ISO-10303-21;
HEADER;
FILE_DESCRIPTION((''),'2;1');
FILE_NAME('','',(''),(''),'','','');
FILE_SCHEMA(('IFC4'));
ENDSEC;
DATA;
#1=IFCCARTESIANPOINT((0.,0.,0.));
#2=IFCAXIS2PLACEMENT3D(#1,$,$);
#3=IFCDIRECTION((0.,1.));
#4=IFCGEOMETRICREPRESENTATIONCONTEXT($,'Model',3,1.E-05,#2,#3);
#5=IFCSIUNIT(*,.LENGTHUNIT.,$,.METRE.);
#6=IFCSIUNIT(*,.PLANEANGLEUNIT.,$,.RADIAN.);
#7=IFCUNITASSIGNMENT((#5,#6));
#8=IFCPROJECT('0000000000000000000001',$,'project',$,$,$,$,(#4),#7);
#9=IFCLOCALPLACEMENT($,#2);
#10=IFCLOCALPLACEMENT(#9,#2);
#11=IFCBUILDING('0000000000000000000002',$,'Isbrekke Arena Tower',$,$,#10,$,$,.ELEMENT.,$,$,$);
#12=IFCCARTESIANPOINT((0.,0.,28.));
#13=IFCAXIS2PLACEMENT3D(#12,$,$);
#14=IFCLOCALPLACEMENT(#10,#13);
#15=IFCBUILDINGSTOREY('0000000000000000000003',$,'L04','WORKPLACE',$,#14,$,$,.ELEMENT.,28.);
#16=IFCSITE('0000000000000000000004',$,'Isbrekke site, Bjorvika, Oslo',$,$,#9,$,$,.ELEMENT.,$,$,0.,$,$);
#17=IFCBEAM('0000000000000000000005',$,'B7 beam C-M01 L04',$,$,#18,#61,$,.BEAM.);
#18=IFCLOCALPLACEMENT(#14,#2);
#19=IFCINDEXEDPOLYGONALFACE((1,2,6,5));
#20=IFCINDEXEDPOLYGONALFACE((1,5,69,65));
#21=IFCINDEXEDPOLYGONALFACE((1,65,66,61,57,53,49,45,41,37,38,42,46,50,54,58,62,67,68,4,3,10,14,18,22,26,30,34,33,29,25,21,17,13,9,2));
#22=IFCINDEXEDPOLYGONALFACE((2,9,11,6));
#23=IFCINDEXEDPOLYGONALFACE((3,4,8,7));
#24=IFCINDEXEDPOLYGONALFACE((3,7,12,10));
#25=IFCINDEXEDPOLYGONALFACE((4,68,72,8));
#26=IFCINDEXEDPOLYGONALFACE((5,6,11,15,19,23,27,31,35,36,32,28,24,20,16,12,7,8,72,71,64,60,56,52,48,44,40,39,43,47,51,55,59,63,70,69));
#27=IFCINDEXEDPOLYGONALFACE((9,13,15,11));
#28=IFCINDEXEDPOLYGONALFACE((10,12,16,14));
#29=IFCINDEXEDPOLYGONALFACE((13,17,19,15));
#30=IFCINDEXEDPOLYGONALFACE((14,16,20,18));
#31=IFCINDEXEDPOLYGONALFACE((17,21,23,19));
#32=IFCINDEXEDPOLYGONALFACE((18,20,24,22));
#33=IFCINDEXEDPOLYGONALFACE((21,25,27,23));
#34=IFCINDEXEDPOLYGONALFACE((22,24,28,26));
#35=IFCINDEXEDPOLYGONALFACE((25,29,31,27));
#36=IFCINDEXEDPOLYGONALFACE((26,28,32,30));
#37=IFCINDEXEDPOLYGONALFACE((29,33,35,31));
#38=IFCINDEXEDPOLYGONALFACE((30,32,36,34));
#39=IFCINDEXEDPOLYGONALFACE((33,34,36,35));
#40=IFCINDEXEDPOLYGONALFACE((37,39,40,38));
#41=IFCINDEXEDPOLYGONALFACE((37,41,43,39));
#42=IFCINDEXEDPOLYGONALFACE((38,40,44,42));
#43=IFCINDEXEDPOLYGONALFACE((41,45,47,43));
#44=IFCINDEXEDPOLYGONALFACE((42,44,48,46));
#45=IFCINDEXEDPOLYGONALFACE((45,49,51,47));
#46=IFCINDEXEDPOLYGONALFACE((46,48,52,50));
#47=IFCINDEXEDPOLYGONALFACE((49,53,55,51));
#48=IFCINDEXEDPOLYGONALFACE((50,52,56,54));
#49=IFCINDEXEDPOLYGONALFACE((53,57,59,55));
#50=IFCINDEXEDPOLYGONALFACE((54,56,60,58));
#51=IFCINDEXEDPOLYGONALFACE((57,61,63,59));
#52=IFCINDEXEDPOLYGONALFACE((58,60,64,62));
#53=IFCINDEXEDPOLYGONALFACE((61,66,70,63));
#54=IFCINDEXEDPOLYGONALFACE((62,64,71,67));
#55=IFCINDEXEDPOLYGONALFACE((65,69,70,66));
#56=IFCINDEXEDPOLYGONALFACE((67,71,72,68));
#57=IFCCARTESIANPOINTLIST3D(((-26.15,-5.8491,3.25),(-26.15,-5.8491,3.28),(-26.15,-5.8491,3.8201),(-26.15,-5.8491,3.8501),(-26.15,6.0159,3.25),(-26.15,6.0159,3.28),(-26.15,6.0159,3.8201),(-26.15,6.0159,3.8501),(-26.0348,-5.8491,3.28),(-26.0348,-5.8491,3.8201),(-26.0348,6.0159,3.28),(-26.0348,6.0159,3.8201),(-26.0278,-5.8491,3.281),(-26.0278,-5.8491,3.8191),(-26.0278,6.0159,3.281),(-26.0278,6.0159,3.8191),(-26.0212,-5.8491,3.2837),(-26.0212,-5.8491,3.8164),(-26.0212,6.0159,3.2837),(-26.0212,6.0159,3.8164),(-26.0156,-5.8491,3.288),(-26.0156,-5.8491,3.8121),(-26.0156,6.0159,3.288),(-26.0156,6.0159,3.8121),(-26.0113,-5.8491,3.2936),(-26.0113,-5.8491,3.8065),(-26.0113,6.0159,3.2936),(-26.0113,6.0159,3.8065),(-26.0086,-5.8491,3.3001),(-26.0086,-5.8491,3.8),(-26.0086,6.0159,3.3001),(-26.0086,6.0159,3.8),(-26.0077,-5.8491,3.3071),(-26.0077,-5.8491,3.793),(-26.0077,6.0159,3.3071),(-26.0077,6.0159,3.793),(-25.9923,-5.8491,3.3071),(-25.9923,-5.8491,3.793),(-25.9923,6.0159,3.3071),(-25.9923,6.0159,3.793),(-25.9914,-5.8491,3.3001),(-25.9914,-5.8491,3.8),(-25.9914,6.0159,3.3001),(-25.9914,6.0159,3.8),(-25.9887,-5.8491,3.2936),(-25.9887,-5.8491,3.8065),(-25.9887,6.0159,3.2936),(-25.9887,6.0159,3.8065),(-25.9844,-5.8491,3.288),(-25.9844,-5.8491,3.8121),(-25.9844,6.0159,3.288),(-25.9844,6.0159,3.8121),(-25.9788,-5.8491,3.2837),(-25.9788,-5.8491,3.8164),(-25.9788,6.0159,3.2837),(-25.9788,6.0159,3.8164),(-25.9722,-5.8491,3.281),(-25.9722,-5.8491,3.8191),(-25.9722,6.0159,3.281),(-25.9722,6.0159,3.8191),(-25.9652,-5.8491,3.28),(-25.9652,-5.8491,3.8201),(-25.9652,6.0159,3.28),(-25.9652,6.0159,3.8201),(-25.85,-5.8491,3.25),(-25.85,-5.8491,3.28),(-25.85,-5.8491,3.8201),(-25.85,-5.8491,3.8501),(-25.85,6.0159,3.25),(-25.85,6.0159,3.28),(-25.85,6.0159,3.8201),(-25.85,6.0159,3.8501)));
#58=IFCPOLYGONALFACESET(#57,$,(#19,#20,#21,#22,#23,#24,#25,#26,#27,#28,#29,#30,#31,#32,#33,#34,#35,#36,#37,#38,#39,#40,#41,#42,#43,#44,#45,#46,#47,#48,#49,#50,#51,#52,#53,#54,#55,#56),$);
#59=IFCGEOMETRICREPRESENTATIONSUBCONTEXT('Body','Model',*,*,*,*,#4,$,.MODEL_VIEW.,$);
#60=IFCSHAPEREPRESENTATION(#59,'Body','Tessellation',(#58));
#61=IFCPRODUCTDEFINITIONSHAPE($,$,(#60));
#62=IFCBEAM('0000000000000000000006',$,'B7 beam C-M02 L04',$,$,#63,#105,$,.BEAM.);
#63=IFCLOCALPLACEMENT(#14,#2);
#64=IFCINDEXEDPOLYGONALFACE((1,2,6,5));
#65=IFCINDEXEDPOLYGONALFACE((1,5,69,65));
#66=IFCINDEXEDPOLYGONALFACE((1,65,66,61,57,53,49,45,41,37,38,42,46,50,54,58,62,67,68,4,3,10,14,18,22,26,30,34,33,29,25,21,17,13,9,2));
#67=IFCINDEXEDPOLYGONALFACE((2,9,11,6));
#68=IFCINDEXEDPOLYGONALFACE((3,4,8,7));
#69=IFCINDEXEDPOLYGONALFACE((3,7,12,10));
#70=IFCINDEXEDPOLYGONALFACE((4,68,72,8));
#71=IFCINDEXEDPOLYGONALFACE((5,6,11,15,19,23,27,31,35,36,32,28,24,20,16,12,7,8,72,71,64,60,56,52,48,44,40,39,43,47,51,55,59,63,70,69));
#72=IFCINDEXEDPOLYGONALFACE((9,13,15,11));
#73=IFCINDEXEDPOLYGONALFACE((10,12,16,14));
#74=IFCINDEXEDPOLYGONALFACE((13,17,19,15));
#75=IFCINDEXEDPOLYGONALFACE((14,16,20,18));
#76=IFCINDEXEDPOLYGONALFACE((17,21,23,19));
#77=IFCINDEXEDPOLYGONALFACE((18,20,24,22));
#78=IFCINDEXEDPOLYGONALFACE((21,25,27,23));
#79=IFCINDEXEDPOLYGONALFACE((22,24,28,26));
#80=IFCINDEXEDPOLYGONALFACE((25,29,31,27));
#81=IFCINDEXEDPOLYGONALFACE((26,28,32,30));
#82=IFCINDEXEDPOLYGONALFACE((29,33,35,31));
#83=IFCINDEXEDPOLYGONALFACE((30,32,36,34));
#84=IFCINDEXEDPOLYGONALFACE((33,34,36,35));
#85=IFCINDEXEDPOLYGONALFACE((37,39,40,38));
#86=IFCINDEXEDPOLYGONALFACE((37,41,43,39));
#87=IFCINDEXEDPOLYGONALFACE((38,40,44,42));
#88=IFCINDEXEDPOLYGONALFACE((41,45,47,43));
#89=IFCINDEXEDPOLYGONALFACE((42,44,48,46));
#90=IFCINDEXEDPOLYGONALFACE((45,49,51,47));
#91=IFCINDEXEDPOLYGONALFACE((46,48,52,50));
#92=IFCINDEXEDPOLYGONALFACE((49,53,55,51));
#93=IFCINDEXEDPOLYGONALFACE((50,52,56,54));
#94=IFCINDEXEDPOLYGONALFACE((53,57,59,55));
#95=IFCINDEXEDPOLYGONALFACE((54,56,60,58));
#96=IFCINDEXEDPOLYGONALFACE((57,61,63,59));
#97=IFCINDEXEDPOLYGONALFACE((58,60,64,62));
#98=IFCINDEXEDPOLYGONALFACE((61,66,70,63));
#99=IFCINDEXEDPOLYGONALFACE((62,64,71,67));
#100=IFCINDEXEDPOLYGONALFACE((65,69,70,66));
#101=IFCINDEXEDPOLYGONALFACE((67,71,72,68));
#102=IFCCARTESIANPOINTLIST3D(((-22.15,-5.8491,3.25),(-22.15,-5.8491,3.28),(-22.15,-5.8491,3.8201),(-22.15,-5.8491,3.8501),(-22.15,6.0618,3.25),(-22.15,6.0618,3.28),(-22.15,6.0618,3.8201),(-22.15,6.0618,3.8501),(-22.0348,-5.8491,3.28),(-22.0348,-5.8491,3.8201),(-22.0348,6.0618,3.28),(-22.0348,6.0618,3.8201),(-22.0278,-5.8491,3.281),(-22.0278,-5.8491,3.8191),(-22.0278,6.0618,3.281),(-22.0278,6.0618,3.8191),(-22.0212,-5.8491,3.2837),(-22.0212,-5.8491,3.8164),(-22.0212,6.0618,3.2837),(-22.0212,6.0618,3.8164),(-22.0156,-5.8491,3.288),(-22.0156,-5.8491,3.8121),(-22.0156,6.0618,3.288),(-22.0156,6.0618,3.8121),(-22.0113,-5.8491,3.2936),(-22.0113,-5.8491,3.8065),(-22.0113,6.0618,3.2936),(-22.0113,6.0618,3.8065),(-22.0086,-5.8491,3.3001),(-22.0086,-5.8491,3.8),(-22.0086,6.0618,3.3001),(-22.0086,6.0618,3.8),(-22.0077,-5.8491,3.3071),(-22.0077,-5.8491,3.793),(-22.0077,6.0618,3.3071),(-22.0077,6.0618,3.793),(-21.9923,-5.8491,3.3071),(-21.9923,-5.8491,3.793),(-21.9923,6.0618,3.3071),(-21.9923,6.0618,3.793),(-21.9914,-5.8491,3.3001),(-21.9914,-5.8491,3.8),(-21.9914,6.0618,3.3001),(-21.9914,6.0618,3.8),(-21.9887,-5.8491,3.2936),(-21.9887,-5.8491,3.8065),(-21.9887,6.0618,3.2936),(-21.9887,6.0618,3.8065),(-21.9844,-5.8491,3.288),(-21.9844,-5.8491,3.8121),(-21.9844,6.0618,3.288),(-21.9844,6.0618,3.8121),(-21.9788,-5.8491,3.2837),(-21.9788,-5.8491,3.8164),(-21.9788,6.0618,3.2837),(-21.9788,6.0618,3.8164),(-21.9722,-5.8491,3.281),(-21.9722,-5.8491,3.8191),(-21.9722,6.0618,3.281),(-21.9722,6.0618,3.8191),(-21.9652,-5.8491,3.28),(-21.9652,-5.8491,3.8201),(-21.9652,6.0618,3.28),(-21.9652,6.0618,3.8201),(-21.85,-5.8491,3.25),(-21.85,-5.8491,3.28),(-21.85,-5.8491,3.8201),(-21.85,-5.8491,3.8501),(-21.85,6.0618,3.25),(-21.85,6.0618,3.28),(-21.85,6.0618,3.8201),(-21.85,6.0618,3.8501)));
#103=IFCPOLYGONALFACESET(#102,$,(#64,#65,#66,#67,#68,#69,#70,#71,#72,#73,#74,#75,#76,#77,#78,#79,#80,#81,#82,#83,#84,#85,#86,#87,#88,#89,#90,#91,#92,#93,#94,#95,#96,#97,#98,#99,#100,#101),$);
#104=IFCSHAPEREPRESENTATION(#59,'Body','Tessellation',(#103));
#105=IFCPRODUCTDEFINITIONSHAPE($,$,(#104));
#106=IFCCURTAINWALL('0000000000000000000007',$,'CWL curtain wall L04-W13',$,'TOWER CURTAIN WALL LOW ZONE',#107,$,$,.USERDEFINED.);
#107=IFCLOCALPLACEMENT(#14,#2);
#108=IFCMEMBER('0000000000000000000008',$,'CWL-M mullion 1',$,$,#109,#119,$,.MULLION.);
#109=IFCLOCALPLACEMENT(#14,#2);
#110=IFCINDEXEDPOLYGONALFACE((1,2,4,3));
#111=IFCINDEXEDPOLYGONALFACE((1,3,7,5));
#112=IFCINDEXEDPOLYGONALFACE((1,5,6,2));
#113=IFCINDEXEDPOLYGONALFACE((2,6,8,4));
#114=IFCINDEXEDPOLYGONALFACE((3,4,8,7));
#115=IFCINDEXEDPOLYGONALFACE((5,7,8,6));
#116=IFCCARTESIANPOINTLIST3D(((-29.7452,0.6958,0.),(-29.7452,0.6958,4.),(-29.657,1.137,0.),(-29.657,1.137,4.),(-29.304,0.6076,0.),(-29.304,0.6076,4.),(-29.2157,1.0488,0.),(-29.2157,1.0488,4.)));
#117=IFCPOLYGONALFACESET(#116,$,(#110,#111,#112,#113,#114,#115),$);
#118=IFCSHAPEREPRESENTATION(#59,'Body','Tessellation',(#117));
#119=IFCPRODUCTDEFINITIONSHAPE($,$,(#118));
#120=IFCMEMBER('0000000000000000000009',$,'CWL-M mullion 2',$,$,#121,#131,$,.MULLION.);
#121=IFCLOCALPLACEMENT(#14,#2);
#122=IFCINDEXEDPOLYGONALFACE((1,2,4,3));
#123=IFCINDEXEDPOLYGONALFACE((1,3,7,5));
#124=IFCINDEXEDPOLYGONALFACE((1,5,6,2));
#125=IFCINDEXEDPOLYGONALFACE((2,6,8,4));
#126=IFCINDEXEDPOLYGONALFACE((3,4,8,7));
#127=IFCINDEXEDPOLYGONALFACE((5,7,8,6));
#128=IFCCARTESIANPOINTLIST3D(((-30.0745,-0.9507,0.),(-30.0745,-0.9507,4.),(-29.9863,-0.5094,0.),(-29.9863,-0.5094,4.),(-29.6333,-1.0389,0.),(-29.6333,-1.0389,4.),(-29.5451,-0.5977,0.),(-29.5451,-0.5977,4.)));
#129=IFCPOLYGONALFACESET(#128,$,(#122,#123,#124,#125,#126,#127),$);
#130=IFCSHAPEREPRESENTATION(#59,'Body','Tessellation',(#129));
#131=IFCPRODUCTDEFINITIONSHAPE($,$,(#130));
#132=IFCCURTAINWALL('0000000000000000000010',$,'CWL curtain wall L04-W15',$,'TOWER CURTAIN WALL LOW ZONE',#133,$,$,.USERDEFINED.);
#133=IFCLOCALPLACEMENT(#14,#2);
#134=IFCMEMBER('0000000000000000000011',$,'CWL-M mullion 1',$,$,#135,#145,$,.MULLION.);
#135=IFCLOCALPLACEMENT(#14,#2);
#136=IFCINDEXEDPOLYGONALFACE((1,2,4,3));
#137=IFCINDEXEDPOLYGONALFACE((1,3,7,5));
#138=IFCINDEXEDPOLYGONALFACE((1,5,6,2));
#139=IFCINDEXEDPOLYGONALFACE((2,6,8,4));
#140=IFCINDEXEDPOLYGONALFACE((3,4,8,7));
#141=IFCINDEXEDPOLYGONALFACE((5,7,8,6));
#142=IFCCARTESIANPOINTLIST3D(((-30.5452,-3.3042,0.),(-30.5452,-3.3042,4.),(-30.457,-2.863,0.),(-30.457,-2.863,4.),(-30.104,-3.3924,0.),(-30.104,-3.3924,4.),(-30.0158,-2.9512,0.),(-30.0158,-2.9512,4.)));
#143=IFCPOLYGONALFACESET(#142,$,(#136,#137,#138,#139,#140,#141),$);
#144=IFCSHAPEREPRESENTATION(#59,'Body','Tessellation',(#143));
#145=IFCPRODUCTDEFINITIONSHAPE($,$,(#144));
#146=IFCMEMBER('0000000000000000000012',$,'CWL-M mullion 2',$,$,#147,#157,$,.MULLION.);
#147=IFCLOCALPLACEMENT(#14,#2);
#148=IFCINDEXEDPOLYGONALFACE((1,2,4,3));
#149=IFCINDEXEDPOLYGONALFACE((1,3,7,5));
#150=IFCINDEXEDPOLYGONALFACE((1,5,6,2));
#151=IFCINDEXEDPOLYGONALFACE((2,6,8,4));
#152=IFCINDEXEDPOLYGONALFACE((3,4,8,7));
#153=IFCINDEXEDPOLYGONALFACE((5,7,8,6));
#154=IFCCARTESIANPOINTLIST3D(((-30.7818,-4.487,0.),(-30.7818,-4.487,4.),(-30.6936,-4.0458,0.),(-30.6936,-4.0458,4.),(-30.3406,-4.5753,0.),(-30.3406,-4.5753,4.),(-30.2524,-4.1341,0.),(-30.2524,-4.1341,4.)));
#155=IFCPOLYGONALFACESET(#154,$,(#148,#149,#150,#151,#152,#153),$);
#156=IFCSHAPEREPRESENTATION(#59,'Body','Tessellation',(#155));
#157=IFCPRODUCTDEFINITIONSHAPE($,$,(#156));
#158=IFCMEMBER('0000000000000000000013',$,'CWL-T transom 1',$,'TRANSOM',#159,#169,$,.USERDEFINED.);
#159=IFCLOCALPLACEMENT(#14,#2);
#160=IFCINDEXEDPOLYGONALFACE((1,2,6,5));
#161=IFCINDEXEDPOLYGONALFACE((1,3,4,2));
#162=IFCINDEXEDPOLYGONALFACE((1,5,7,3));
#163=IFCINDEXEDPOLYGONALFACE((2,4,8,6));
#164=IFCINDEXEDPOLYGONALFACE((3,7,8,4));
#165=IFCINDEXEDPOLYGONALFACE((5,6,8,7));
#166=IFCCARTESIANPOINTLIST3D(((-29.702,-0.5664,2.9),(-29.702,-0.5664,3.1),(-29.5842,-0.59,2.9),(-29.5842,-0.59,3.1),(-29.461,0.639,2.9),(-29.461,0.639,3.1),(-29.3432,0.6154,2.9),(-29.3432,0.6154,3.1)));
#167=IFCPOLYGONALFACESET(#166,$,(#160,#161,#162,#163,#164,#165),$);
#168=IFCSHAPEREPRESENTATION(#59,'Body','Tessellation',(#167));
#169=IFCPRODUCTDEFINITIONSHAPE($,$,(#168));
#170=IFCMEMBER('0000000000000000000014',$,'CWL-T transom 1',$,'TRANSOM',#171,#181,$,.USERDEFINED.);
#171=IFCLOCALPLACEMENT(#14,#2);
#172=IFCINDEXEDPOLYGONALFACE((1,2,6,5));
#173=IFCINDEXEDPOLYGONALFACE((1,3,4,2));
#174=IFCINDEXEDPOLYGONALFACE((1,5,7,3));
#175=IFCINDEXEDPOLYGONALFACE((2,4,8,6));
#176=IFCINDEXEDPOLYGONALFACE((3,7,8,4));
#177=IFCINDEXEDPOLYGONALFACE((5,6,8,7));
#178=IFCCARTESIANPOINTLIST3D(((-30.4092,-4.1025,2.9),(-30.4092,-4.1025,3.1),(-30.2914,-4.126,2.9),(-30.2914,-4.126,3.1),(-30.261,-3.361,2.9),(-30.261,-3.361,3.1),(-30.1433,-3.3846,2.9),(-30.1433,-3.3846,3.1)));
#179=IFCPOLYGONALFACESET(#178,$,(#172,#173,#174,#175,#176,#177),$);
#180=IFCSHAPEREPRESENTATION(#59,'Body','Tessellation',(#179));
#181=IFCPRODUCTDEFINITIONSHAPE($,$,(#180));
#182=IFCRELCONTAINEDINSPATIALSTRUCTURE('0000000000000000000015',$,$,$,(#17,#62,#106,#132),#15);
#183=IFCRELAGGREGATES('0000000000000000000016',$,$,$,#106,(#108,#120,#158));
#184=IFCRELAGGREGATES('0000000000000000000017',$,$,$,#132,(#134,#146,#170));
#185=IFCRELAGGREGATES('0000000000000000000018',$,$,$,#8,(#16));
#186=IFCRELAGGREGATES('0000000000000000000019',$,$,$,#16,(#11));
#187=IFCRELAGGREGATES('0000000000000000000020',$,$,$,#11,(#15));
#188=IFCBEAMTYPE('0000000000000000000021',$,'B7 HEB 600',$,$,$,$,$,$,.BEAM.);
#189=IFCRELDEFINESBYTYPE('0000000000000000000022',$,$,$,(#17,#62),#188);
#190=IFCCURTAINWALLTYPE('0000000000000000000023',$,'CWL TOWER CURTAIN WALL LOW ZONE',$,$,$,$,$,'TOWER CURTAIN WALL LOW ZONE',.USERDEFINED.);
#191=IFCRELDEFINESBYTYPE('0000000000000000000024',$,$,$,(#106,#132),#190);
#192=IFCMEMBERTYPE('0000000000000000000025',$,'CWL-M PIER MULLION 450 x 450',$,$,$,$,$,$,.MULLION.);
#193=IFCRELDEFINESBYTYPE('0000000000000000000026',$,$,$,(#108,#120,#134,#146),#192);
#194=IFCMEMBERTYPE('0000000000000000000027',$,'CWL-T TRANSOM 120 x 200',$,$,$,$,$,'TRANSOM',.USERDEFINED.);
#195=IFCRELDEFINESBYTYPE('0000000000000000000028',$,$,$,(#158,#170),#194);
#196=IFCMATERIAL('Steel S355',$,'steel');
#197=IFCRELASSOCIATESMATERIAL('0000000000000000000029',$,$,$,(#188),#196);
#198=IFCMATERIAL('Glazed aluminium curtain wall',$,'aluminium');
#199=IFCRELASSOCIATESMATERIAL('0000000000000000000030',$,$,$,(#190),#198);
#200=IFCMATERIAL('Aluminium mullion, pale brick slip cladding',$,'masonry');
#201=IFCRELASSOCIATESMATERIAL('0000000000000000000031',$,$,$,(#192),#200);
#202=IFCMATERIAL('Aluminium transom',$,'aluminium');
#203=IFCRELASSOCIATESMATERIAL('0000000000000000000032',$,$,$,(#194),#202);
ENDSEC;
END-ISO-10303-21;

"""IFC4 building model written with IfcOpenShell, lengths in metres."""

from ifc_helpers import new_model, si_unit, direction, frame, origin, origin_2d, place, context, subcontext, project, spatial, rectangle, i_section, extrude, material, material_profile, profile_set, type_object, element, aggregate, save


model = new_model("IFC4")

# Units and contexts
model_context = context("Model", 3, precision=1e-05, world=origin(), true_north=direction((0.0, 1.0)))
body_context = subcontext(model_context, "Body", "Model", "MODEL_VIEW")
ifc_project = project(units=[si_unit("LENGTHUNIT", "METRE"), si_unit("PLANEANGLEUNIT", "RADIAN")], contexts=[model_context])

# Site, building, storey
site_placement = place(None, origin())
site = spatial("IfcSite", under=ifc_project, at=site_placement, Name="Isbrekke site, Bjorvika, Oslo", CompositionType="ELEMENT", RefElevation=0.0)
building_placement = place(site_placement, origin())
building = spatial("IfcBuilding", under=site, at=building_placement, Name="Isbrekke Arena Tower", CompositionType="ELEMENT")
storey_placement = place(building_placement, frame((0.0, 0.0, 28.0)))
storey = spatial("IfcBuildingStorey", under=building, at=storey_placement, Name="L04", Description="WORKPLACE", CompositionType="ELEMENT", Elevation=28.0)

# Beams
ifc_material_1 = material(Name="Steel S355", Category="steel")
ifc_material_profile_1 = material_profile(ifc_material_1, i_section(OverallWidth=0.3, OverallDepth=0.6001, WebThickness=0.0154, FlangeThickness=0.03, FilletRadius=0.0271, at=origin_2d()), Name="HEB 600")
ifc_profile_set_1 = profile_set([ifc_material_profile_1], Name="Steel S355")
beam_type_1 = type_object("IfcBeamType", Name="B7 HEB 600", PredefinedType="BEAM", material=ifc_profile_set_1)
beam_1_placement = place(storey_placement, frame((-26.0, -5.8491, 3.55), z_axis=(0.0, 1.0, 0.0), x_axis=(-1.0, 0.0, 0.0)))
element("IfcBeam", 1, at=beam_1_placement, inside=storey, type_object=beam_type_1, Name="B7 beam C-M01 L04", PredefinedType="BEAM", context=body_context, shape_type="SweptSolid", body=[
    extrude(i_section(OverallWidth=0.3, OverallDepth=0.6001, WebThickness=0.0154, FlangeThickness=0.03, FilletRadius=0.0271, at=origin_2d()), origin(), (0.0, 0.0, 1.0), 11.865),
])
beam_2_placement = place(storey_placement, frame((-22.0, -5.8491, 3.55), z_axis=(0.0, 1.0, 0.0), x_axis=(-1.0, 0.0, 0.0)))
element("IfcBeam", 2, at=beam_2_placement, inside=storey, type_object=beam_type_1, Name="B7 beam C-M02 L04", PredefinedType="BEAM", context=body_context, shape_type="SweptSolid", body=[
    extrude(i_section(OverallWidth=0.3, OverallDepth=0.6001, WebThickness=0.0154, FlangeThickness=0.03, FilletRadius=0.0271, at=origin_2d()), origin(), (0.0, 0.0, 1.0), 11.9109),
])

# Curtain walls, members
ifc_material_2 = material(Name="Glazed aluminium curtain wall", Category="aluminium")
curtain_wall_type = type_object("IfcCurtainWallType", Name="CWL TOWER CURTAIN WALL LOW ZONE", ElementType="TOWER CURTAIN WALL LOW ZONE", PredefinedType="USERDEFINED", material=ifc_material_2)
curtain_wall_1_placement = place(storey_placement, origin())
curtain_wall_1 = element("IfcCurtainWall", 3, at=curtain_wall_1_placement, inside=storey, type_object=curtain_wall_type, Name="CWL curtain wall L04-W13", ObjectType="TOWER CURTAIN WALL LOW ZONE", PredefinedType="USERDEFINED")
ifc_material_3 = material(Name="Aluminium mullion, pale brick slip cladding", Category="masonry")
ifc_material_profile_2 = material_profile(ifc_material_3, rectangle(XDim=0.45, YDim=0.45, at=origin_2d()), Name="PIER 450X450")
ifc_profile_set_2 = profile_set([ifc_material_profile_2], Name="Aluminium mullion, pale brick slip cladding")
member_type_1 = type_object("IfcMemberType", Name="CWL-M PIER MULLION 450 x 450", PredefinedType="MULLION", material=ifc_profile_set_2)
member_1_placement = place(storey_placement, frame((-29.4805, 0.8723, 0.0), z_axis=(0.0, 0.0, 1.0), x_axis=(-0.196116, -0.980581, 0.0)))
member_1 = element("IfcMember", 4, at=member_1_placement, type_object=member_type_1, Name="CWL-M mullion 1", PredefinedType="MULLION", context=body_context, shape_type="SweptSolid", body=[
    extrude(rectangle(XDim=0.45, YDim=0.45, at=origin_2d()), origin(), (0.0, 0.0, 1.0), 4.0),
])
member_2_placement = place(storey_placement, frame((-29.8098, -0.7742, 0.0), z_axis=(0.0, 0.0, 1.0), x_axis=(-0.196116, -0.980581, 0.0)))
member_2 = element("IfcMember", 5, at=member_2_placement, type_object=member_type_1, Name="CWL-M mullion 2", PredefinedType="MULLION", context=body_context, shape_type="SweptSolid", body=[
    extrude(rectangle(XDim=0.45, YDim=0.45, at=origin_2d()), origin(), (0.0, 0.0, 1.0), 4.0),
])
curtain_wall_2_placement = place(storey_placement, origin())
curtain_wall_2 = element("IfcCurtainWall", 6, at=curtain_wall_2_placement, inside=storey, type_object=curtain_wall_type, Name="CWL curtain wall L04-W15", ObjectType="TOWER CURTAIN WALL LOW ZONE", PredefinedType="USERDEFINED")
member_3_placement = place(storey_placement, frame((-30.2805, -3.1277, 0.0), z_axis=(0.0, 0.0, 1.0), x_axis=(-0.196116, -0.980581, 0.0)))
member_3 = element("IfcMember", 7, at=member_3_placement, type_object=member_type_1, Name="CWL-M mullion 1", PredefinedType="MULLION", context=body_context, shape_type="SweptSolid", body=[
    extrude(rectangle(XDim=0.45, YDim=0.45, at=origin_2d()), origin(), (0.0, 0.0, 1.0), 4.0),
])
member_4_placement = place(storey_placement, frame((-30.5171, -4.3105, 0.0), z_axis=(0.0, 0.0, 1.0), x_axis=(-0.196116, -0.980581, 0.0)))
member_4 = element("IfcMember", 8, at=member_4_placement, type_object=member_type_1, Name="CWL-M mullion 2", PredefinedType="MULLION", context=body_context, shape_type="SweptSolid", body=[
    extrude(rectangle(XDim=0.45, YDim=0.45, at=origin_2d()), origin(), (0.0, 0.0, 1.0), 4.0),
])

# Members
ifc_material_4 = material(Name="Aluminium transom", Category="aluminium")
ifc_material_profile_3 = material_profile(ifc_material_4, rectangle(XDim=0.1201, YDim=0.2, at=origin_2d()), Name="TRANSOM 120X200")
ifc_profile_set_3 = profile_set([ifc_material_profile_3], Name="Aluminium transom")
member_type_2 = type_object("IfcMemberType", Name="CWL-T TRANSOM 120 x 200", ElementType="TRANSOM", PredefinedType="USERDEFINED", material=ifc_profile_set_3)
member_5_placement = place(storey_placement, frame((-29.4021, 0.6272, 3.0), z_axis=(-0.19604, -0.980596, 0.0), x_axis=(0.980596, -0.19604, 0.0)))
member_5 = element("IfcMember", 9, at=member_5_placement, type_object=member_type_2, Name="CWL-T transom 1", ObjectType="TRANSOM", PredefinedType="USERDEFINED", context=body_context, shape_type="SweptSolid", body=[
    extrude(rectangle(XDim=0.1201, YDim=0.2, at=origin_2d()), origin(), (0.0, 0.0, 1.0), 1.2292),
])
member_6_placement = place(storey_placement, frame((-30.2021, -3.3728, 3.0), z_axis=(-0.195992, -0.980606, 0.0), x_axis=(0.980606, -0.195992, 0.0)))
member_6 = element("IfcMember", 10, at=member_6_placement, type_object=member_type_2, Name="CWL-T transom 1", ObjectType="TRANSOM", PredefinedType="USERDEFINED", context=body_context, shape_type="SweptSolid", body=[
    extrude(rectangle(XDim=0.1201, YDim=0.2, at=origin_2d()), origin(), (0.0, 0.0, 1.0), 0.7561),
])

aggregate(curtain_wall_1, [member_1, member_2, member_5])
aggregate(curtain_wall_2, [member_3, member_4, member_6])

save(model, "model.ifc")
